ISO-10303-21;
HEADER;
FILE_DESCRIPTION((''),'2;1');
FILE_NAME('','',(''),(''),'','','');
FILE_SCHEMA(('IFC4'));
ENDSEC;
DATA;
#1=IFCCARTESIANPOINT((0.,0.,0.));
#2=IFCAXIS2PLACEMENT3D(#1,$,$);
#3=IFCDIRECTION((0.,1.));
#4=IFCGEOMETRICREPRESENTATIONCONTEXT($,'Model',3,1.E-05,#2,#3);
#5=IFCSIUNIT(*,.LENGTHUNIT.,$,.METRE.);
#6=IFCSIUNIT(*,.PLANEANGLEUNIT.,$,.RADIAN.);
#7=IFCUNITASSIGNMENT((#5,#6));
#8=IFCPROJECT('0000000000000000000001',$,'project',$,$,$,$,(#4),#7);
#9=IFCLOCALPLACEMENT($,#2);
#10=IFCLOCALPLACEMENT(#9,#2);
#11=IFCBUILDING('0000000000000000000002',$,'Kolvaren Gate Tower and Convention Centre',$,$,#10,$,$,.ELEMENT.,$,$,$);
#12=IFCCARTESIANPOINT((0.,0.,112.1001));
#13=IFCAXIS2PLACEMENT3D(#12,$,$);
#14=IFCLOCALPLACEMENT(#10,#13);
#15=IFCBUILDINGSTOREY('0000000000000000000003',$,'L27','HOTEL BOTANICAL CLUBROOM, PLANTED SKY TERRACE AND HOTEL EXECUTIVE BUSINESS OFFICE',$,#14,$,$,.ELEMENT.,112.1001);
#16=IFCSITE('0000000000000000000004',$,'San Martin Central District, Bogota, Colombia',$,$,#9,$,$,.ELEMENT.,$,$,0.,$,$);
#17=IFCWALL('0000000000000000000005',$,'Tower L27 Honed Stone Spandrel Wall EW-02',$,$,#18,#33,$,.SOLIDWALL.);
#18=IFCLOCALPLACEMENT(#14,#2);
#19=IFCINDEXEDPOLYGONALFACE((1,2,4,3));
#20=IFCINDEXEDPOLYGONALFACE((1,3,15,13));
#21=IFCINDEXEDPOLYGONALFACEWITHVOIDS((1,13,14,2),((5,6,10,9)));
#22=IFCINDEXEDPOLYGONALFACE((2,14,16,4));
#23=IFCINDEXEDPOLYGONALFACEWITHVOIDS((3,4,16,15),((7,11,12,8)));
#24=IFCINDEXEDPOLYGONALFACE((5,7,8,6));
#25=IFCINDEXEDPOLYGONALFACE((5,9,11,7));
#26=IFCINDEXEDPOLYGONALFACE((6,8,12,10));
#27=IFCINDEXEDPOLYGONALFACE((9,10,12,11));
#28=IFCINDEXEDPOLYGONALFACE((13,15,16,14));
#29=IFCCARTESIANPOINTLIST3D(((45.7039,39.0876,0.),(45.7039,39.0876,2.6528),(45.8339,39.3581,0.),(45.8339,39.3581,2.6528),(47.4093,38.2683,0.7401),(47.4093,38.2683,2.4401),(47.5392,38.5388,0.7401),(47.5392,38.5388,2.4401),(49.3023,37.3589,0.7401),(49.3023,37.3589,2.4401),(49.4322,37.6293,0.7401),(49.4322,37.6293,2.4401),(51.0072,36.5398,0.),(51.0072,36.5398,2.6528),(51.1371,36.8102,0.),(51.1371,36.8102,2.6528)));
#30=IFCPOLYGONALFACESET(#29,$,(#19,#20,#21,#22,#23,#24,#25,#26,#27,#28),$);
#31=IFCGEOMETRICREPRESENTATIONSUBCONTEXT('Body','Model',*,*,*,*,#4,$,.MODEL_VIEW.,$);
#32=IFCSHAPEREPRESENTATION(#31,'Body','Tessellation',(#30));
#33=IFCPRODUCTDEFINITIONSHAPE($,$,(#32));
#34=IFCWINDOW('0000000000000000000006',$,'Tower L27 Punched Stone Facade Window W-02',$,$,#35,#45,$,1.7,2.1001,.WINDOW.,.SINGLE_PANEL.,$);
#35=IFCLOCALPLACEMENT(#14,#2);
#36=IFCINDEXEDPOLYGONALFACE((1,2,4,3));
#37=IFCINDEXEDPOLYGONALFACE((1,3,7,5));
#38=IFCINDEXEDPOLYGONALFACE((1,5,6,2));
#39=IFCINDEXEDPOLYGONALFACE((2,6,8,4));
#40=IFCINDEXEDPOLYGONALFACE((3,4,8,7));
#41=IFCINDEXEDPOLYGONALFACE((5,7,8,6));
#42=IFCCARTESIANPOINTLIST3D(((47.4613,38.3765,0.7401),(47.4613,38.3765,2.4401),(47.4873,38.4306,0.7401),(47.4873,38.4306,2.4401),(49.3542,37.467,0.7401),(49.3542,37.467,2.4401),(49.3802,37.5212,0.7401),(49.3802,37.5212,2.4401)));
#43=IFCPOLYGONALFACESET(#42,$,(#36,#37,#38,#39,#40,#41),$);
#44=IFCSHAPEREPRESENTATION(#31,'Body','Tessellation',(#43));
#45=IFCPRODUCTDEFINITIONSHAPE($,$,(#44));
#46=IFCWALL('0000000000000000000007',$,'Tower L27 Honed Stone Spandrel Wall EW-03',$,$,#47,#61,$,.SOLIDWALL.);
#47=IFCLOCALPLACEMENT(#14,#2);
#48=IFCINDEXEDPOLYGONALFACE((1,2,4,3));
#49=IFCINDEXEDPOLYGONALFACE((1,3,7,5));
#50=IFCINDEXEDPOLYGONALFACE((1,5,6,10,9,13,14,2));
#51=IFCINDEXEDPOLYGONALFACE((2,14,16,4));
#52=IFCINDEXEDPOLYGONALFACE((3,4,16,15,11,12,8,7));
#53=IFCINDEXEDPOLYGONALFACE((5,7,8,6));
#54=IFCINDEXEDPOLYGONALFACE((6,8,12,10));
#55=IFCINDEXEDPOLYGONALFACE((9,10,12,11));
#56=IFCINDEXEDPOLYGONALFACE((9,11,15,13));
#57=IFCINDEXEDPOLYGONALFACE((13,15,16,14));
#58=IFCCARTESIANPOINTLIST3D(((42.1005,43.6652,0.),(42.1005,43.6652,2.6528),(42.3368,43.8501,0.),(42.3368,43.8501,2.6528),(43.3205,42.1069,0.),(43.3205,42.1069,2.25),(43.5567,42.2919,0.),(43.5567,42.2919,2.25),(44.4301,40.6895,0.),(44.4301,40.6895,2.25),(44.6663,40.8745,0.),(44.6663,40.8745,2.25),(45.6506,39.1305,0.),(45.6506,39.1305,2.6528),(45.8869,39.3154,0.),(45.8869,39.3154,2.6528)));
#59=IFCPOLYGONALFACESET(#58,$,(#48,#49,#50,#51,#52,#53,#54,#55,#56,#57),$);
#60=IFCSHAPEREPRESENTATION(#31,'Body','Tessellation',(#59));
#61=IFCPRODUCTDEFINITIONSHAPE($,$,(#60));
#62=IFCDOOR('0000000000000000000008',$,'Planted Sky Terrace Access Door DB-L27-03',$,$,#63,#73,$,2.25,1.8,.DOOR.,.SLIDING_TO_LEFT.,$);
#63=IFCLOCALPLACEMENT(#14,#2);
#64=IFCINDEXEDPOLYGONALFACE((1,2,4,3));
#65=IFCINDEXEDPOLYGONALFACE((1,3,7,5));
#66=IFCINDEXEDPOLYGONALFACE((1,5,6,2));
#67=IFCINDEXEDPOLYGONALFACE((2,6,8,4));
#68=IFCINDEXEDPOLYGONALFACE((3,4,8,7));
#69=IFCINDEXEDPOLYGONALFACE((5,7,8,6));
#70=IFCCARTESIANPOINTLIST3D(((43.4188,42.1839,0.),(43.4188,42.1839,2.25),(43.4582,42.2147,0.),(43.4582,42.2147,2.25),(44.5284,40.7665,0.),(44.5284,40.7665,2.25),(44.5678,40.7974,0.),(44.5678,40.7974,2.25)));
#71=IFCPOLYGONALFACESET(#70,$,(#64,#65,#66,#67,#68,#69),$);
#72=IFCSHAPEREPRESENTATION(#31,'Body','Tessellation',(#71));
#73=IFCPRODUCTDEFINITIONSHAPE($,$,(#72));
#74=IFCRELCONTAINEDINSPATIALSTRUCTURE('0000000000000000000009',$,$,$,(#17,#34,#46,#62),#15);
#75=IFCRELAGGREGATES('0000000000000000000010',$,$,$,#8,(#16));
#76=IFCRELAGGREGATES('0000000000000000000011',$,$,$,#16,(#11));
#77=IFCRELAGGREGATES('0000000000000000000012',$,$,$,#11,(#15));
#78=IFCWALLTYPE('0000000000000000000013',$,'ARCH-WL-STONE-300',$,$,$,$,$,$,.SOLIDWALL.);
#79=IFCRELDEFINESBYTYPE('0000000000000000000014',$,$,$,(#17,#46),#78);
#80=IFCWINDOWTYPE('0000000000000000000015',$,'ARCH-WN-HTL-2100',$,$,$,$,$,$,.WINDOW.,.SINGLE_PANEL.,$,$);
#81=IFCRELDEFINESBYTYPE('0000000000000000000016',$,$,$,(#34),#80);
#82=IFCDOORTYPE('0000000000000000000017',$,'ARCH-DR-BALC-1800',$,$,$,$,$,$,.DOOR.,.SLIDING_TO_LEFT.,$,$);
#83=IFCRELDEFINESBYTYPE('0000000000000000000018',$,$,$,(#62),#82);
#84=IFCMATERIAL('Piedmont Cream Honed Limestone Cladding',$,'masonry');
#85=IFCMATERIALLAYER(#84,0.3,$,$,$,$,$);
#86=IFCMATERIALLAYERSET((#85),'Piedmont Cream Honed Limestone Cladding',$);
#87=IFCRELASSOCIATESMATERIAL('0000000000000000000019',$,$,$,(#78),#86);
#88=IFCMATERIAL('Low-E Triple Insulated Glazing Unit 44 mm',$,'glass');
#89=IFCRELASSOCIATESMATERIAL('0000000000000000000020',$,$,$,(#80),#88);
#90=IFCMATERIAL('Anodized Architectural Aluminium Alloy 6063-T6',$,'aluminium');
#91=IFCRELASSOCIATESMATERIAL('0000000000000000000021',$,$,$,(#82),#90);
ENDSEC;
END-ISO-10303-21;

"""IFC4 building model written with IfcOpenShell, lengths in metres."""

from ifc_helpers import new_model, si_unit, direction, frame, frame_2d, origin, place, context, subcontext, project, spatial, rectangle, extrude, material, layer, layer_set, type_object, element, fill, save


model = new_model("IFC4")

# Units and contexts
model_context = context("Model", 3, precision=1e-05, world=origin(), true_north=direction((0.0, 1.0)))
body_context = subcontext(model_context, "Body", "Model", "MODEL_VIEW")
ifc_project = project(units=[si_unit("LENGTHUNIT", "METRE"), si_unit("PLANEANGLEUNIT", "RADIAN")], contexts=[model_context])

# Site, building, storey
site_placement = place(None, origin())
site = spatial("IfcSite", under=ifc_project, at=site_placement, Name="San Martin Central District, Bogota, Colombia", CompositionType="ELEMENT", RefElevation=0.0)
building_placement = place(site_placement, origin())
building = spatial("IfcBuilding", under=site, at=building_placement, Name="Kolvaren Gate Tower and Convention Centre", CompositionType="ELEMENT")
storey_placement = place(building_placement, frame((0.0, 0.0, 112.1001)))
storey = spatial("IfcBuildingStorey", under=building, at=storey_placement, Name="L27", Description="HOTEL BOTANICAL CLUBROOM, PLANTED SKY TERRACE AND HOTEL EXECUTIVE BUSINESS OFFICE", CompositionType="ELEMENT", Elevation=112.1001)

# Shared definitions
ifc_material_1 = material(Name="Piedmont Cream Honed Limestone Cladding", Category="masonry")

# Wall, opening, window
ifc_layer_1 = layer(ifc_material_1, 0.3)
ifc_layer_set_1 = layer_set([ifc_layer_1], Name="Piedmont Cream Honed Limestone Cladding")
wall_type_1 = type_object("IfcWallType", Name="ARCH-WL-STONE-300", PredefinedType="SOLIDWALL", material=ifc_layer_set_1)
ifc_material_2 = material(Name="Low-E Triple Insulated Glazing Unit 44 mm", Category="glass")
window_type = type_object("IfcWindowType", Name="ARCH-WN-HTL-2100", PartitioningType="SINGLE_PANEL", PredefinedType="WINDOW", material=ifc_material_2)
wall_1_placement = place(storey_placement, frame((45.7688, 39.2229, 0.0), z_axis=(0.0, 0.0, 1.0), x_axis=(0.90137, -0.433049, 0.0)))
wall_1 = element("IfcWall", 1, at=wall_1_placement, inside=storey, type_object=wall_type_1, Name="Tower L27 Honed Stone Spandrel Wall EW-02", PredefinedType="SOLIDWALL", context=body_context, shape_type="SweptSolid", body=[
    extrude(rectangle(XDim=5.8835, YDim=0.3, at=frame_2d((2.9419, 0.0))), origin(), (0.0, 0.0, 1.0), 2.6528),
])
opening_1_placement = place(wall_1_placement, frame((1.8921, 0.0, 0.74)))
opening_1 = element("IfcOpeningElement", 2, at=opening_1_placement, cuts=wall_1, PredefinedType="OPENING", context=body_context, shape_type="SweptSolid", body=[
    extrude(rectangle(XDim=2.1001, YDim=1.7, at=frame_2d((1.05, 0.8501))), frame((0.0, 0.1599, 0.0), z_axis=(0.0, -1.0, 0.0), x_axis=(1.0, 0.0, 0.0)), (0.0, 0.0, 1.0), 0.3201),
])
window_1_placement = place(opening_1_placement, origin())
window_1 = element("IfcWindow", 3, at=window_1_placement, inside=storey, type_object=window_type, Name="Tower L27 Punched Stone Facade Window W-02", OverallHeight=1.7, OverallWidth=2.1001, PartitioningType="SINGLE_PANEL", PredefinedType="WINDOW", context=body_context, shape_type="SweptSolid", body=[
    extrude(rectangle(XDim=2.1001, YDim=1.7, at=frame_2d((1.05, 0.8501))), frame((0.0, 0.03, 0.0), z_axis=(0.0, -1.0, 0.0), x_axis=(1.0, 0.0, 0.0)), (0.0, 0.0, 1.0), 0.0601),
])
fill(opening_1, window_1)

# Wall, opening, door
wall_2_placement = place(storey_placement, frame((42.2188, 43.7576, 0.0), z_axis=(0.0, 0.0, 1.0), x_axis=(0.616435, -0.787406, 0.0)))
wall_2 = element("IfcWall", 4, at=wall_2_placement, inside=storey, type_object=wall_type_1, Name="Tower L27 Honed Stone Spandrel Wall EW-03", PredefinedType="SOLIDWALL", context=body_context, shape_type="SweptSolid", body=[
    extrude(rectangle(XDim=5.759, YDim=0.3, at=frame_2d((2.8794, 0.0))), origin(), (0.0, 0.0, 1.0), 2.6528),
])
opening_2_placement = place(wall_2_placement, frame((1.979, 0.0, 0.0)))
opening_2 = element("IfcOpeningElement", 5, at=opening_2_placement, cuts=wall_2, PredefinedType="OPENING", context=body_context, shape_type="SweptSolid", body=[
    extrude(rectangle(XDim=1.8, YDim=2.25, at=frame_2d((0.8999, 1.125))), frame((0.0, 0.1599, 0.0), z_axis=(0.0, -1.0, 0.0), x_axis=(1.0, 0.0, 0.0)), (0.0, 0.0, 1.0), 0.3201),
])
ifc_material_3 = material(Name="Anodized Architectural Aluminium Alloy 6063-T6", Category="aluminium")
door_type = type_object("IfcDoorType", Name="ARCH-DR-BALC-1800", OperationType="SLIDING_TO_LEFT", PredefinedType="DOOR", material=ifc_material_3)
door_placement = place(opening_2_placement, origin())
door = element("IfcDoor", 6, at=door_placement, inside=storey, type_object=door_type, Name="Planted Sky Terrace Access Door DB-L27-03", OperationType="SLIDING_TO_LEFT", OverallHeight=2.25, OverallWidth=1.8, PredefinedType="DOOR", context=body_context, shape_type="SweptSolid", body=[
    extrude(rectangle(XDim=1.8, YDim=2.25, at=frame_2d((0.8999, 1.125))), frame((0.0, 0.0249, 0.0), z_axis=(0.0, -1.0, 0.0), x_axis=(1.0, 0.0, 0.0)), (0.0, 0.0, 1.0), 0.05),
])
fill(opening_2, door)

save(model, "model.ifc")
